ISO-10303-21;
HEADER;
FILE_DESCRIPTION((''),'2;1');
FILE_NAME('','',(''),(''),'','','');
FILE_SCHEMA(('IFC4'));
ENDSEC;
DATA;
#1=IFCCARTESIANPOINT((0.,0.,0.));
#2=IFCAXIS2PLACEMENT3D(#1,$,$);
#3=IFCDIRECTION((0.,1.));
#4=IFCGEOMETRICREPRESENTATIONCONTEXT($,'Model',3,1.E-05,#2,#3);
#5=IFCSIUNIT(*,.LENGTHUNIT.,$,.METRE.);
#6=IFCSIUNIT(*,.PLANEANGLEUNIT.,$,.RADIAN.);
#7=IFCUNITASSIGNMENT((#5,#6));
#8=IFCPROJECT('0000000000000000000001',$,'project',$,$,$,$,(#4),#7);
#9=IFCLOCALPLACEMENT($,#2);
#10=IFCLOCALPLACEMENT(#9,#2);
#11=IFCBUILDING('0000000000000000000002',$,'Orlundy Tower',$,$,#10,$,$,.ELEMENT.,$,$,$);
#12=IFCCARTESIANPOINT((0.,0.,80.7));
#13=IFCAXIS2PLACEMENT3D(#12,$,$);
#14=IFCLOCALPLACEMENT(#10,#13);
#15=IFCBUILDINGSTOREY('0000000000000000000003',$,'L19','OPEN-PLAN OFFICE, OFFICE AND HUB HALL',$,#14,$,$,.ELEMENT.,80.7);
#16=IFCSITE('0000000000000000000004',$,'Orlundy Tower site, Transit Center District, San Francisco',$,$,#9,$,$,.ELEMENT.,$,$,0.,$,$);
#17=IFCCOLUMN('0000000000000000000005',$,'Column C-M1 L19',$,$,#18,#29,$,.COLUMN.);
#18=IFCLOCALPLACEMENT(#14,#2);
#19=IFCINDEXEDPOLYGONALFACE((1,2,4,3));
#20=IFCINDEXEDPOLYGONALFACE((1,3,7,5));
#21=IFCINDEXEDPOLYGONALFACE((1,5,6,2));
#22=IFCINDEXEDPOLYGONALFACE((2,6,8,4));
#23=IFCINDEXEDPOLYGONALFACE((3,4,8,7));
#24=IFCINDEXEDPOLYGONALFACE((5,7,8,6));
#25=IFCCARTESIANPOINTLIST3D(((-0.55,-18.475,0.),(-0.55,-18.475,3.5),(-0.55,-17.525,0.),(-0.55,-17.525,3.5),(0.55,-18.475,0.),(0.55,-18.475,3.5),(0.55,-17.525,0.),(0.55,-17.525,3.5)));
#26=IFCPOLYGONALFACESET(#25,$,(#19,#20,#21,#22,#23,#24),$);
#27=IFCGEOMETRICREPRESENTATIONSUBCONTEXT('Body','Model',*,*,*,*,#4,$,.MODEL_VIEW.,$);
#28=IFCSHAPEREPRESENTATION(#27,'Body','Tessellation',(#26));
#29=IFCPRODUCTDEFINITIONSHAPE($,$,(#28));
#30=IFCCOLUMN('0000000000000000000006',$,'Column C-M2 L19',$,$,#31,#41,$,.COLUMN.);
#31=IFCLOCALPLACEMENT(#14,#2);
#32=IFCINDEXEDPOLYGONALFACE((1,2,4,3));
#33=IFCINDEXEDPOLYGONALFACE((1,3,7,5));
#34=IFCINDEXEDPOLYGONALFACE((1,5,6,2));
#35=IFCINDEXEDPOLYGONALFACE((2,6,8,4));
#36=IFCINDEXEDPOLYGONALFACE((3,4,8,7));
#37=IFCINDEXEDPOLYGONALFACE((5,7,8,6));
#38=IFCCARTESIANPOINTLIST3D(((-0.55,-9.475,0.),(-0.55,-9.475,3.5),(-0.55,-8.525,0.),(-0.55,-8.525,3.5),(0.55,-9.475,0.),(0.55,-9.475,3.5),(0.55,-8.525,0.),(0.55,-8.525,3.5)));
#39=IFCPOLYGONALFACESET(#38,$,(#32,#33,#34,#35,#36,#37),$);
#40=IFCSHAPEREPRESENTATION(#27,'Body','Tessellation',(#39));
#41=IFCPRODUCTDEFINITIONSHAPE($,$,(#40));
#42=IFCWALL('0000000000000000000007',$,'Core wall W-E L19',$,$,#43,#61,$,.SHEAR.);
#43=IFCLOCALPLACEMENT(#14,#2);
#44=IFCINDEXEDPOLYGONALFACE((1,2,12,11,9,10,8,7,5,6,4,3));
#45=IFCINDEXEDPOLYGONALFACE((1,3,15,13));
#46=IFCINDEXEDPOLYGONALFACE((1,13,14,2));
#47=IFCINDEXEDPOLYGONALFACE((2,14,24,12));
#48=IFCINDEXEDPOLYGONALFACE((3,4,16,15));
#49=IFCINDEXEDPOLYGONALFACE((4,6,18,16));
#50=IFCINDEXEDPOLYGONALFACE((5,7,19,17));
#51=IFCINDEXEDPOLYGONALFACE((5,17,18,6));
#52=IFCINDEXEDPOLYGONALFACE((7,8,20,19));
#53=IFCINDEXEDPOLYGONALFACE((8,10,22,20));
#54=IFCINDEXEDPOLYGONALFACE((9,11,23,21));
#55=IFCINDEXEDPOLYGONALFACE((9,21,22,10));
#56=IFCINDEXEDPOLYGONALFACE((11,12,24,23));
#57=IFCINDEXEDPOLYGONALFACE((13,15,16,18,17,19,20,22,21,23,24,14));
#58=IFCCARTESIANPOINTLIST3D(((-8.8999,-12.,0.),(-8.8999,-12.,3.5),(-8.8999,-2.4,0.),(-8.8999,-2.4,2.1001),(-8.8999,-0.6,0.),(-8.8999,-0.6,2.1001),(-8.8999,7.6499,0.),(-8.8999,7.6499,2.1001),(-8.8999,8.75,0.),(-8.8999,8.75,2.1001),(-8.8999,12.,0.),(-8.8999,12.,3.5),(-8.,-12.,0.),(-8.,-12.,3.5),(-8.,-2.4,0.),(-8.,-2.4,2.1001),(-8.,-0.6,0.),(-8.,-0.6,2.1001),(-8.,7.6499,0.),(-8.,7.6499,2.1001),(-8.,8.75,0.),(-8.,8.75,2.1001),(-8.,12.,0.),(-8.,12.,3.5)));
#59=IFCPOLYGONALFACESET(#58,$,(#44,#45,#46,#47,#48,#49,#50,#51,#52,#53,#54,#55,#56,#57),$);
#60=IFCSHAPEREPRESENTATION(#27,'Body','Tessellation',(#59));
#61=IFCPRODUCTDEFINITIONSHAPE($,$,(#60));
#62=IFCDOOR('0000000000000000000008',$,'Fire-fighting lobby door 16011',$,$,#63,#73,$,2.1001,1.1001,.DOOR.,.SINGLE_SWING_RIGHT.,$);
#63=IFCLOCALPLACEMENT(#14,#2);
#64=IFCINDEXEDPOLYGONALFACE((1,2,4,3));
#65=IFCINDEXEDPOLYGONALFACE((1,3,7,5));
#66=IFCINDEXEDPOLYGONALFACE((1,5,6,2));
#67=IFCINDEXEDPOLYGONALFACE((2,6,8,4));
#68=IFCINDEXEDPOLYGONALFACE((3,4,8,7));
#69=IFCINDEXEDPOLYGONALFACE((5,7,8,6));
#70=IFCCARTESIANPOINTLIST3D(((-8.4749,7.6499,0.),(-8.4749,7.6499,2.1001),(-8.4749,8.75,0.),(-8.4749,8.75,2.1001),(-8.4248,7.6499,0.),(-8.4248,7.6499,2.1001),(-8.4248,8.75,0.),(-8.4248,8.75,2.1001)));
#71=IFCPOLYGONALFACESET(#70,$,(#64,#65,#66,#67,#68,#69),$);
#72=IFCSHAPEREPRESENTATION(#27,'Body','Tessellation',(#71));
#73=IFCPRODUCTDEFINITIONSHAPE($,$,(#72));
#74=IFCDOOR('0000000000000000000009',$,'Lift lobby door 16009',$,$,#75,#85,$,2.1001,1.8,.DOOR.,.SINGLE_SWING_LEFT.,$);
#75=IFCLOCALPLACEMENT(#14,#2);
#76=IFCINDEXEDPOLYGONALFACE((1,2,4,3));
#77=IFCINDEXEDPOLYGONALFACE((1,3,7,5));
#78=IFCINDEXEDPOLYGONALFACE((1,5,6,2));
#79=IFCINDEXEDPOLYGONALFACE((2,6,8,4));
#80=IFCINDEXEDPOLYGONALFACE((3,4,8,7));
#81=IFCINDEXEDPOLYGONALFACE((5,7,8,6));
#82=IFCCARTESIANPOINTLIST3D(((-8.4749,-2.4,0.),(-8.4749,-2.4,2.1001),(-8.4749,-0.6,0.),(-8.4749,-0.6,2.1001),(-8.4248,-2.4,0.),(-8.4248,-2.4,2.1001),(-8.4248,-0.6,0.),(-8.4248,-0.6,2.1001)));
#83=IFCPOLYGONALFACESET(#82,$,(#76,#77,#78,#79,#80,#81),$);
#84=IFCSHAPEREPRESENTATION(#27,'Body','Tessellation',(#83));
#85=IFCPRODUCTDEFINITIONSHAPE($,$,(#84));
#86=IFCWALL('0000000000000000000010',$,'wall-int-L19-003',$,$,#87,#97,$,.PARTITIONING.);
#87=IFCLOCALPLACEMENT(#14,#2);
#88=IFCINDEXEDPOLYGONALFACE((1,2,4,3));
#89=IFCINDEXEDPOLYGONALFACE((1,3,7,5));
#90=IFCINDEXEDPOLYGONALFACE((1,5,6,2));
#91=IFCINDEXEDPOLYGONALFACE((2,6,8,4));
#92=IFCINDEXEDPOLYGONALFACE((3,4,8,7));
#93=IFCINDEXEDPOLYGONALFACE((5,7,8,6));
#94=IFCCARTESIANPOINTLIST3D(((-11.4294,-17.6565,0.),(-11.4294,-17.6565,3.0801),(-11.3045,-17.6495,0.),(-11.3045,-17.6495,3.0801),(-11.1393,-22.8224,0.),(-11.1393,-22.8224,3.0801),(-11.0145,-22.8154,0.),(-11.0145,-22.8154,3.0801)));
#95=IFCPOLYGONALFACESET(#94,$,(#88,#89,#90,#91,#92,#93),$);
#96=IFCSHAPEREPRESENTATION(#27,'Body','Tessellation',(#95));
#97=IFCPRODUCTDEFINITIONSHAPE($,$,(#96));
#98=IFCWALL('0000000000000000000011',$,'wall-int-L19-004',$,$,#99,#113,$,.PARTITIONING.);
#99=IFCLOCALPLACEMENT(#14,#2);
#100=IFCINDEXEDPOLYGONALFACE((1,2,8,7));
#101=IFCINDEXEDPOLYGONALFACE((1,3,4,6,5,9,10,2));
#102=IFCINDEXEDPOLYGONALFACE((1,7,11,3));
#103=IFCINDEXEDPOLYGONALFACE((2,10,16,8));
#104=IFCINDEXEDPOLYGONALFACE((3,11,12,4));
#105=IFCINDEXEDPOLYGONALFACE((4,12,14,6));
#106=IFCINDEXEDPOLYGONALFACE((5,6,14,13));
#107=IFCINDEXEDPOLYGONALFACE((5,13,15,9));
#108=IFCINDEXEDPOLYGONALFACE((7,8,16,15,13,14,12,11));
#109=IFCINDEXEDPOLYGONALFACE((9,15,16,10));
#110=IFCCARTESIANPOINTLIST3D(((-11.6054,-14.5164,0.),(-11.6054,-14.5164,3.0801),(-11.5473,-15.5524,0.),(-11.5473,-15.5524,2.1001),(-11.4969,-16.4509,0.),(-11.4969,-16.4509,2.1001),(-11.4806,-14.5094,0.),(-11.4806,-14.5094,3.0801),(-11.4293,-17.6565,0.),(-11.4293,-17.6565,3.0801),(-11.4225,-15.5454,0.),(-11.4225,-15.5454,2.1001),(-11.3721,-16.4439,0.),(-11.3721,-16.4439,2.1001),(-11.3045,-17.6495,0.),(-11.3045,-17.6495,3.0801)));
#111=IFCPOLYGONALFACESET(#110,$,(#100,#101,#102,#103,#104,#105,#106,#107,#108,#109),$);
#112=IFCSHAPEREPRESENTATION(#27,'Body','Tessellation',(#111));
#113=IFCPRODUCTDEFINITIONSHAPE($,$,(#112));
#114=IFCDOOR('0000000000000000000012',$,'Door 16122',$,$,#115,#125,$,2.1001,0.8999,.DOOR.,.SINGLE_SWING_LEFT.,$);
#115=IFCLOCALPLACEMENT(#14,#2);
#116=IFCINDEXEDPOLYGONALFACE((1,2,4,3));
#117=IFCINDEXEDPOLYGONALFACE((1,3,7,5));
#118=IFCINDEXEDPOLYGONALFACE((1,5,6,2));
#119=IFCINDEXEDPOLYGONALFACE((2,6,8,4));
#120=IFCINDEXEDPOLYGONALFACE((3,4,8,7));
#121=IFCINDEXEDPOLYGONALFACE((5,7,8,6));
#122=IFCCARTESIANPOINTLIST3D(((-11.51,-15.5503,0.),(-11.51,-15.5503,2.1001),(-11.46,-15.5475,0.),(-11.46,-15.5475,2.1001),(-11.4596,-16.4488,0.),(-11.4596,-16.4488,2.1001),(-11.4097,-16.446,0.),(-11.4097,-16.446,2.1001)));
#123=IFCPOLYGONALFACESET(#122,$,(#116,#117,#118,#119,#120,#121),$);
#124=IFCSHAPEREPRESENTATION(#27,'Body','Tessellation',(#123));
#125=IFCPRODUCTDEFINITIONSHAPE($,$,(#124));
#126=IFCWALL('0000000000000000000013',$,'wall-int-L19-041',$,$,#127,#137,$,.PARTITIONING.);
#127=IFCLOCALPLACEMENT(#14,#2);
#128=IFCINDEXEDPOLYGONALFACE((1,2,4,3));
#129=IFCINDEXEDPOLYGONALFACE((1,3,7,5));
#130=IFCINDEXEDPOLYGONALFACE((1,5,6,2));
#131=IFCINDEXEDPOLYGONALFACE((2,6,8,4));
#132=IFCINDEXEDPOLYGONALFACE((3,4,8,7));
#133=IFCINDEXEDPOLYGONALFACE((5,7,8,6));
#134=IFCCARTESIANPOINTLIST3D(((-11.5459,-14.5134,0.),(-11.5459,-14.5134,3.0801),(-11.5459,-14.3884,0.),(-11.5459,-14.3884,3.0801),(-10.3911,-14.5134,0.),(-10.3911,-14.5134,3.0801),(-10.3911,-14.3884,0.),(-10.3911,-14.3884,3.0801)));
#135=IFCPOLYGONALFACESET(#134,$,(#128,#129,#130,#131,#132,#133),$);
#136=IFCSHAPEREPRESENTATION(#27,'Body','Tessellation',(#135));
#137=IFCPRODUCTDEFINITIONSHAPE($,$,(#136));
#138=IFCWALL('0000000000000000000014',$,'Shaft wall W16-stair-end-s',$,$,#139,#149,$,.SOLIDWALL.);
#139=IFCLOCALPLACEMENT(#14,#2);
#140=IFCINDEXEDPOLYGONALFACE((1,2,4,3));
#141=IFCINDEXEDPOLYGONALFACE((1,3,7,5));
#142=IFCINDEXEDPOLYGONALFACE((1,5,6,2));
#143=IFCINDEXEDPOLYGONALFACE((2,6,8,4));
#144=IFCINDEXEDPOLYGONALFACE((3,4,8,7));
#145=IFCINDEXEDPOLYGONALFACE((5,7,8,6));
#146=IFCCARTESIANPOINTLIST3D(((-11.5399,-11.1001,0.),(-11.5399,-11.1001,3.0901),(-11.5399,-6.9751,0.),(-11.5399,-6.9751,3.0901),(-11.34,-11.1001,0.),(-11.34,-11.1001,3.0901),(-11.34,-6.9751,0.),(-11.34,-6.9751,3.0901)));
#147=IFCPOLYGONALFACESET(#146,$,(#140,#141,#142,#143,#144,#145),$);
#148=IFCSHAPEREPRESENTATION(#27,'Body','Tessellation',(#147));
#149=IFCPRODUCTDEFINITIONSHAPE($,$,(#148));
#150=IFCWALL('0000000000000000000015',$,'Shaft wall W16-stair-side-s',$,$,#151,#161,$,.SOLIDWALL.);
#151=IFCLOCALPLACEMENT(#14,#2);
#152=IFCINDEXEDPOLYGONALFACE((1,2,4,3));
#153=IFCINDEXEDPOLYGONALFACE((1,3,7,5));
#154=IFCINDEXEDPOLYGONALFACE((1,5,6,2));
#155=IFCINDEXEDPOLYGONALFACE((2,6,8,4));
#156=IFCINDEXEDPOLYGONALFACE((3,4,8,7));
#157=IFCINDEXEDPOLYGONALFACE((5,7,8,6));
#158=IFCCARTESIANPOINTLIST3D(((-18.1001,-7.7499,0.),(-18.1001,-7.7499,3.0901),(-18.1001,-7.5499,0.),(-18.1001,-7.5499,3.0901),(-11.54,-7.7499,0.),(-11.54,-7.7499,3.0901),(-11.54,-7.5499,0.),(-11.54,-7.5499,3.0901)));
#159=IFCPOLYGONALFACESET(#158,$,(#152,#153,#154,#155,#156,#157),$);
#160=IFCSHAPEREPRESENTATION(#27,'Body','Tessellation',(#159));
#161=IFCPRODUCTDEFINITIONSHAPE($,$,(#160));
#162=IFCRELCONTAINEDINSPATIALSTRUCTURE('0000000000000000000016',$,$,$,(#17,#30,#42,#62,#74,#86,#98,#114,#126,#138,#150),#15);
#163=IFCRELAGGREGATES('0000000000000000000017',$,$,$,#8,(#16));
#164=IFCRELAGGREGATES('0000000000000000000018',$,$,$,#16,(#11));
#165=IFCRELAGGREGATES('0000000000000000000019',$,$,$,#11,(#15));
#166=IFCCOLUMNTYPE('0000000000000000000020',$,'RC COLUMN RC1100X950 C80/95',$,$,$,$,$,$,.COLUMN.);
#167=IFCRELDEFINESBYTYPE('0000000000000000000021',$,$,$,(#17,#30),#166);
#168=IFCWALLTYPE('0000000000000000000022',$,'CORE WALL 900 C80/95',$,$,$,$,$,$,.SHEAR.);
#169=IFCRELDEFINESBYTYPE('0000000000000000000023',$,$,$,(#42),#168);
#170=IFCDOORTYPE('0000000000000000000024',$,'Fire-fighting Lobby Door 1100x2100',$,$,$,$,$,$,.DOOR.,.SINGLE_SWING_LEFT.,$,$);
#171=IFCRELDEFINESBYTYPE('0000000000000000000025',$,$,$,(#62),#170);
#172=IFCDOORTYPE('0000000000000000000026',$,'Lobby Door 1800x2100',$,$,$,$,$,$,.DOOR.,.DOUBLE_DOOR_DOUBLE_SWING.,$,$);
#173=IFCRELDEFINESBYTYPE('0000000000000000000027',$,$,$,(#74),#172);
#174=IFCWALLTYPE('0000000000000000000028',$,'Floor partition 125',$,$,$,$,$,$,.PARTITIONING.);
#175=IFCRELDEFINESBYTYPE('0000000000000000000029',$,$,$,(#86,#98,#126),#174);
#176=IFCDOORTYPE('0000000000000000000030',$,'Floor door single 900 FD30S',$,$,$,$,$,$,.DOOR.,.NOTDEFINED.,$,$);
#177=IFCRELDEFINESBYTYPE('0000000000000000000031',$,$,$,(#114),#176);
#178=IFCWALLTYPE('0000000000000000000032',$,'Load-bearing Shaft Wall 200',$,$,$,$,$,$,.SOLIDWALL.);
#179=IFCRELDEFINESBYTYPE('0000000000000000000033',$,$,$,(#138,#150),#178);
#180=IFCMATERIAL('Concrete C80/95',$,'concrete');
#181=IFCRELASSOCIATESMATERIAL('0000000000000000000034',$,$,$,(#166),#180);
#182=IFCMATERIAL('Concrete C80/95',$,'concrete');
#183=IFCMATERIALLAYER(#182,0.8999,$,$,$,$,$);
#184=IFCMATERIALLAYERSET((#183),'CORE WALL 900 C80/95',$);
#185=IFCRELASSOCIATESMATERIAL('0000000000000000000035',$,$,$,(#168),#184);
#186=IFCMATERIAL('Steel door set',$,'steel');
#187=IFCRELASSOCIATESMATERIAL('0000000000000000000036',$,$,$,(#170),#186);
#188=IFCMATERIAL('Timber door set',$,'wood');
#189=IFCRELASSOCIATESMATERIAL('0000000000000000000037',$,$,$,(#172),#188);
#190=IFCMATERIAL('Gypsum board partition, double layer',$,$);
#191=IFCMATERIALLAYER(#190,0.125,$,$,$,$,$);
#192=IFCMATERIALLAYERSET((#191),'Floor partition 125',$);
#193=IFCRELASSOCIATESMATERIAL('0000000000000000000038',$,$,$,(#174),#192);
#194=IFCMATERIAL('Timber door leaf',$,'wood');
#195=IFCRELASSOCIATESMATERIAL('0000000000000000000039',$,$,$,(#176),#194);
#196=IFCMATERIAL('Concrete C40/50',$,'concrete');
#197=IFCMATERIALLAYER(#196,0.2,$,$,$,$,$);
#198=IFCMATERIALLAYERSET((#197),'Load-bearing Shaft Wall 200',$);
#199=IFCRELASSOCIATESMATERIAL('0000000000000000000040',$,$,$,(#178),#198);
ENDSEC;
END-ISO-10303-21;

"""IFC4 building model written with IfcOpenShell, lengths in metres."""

from ifc_helpers import new_model, si_unit, direction, frame, frame_2d, origin, origin_2d, place, context, subcontext, project, spatial, rectangle, extrude, material, layer, layer_set, material_profile, profile_set, type_object, element, fill, save


model = new_model("IFC4")

# Units and contexts
model_context = context("Model", 3, precision=1e-05, world=origin(), true_north=direction((0.0, 1.0)))
body_context = subcontext(model_context, "Body", "Model", "MODEL_VIEW")
ifc_project = project(units=[si_unit("LENGTHUNIT", "METRE"), si_unit("PLANEANGLEUNIT", "RADIAN")], contexts=[model_context])

# Site, building, storey
site_placement = place(None, origin())
site = spatial("IfcSite", under=ifc_project, at=site_placement, Name="Orlundy Tower site, Transit Center District, San Francisco", CompositionType="ELEMENT", RefElevation=0.0)
building_placement = place(site_placement, origin())
building = spatial("IfcBuilding", under=site, at=building_placement, Name="Orlundy Tower", CompositionType="ELEMENT")
storey_placement = place(building_placement, frame((0.0, 0.0, 80.7)))
storey = spatial("IfcBuildingStorey", under=building, at=storey_placement, Name="L19", Description="OPEN-PLAN OFFICE, OFFICE AND HUB HALL", CompositionType="ELEMENT", Elevation=80.7)

# Columns
ifc_material_1 = material(Name="Concrete C80/95", Category="concrete")
ifc_material_profile = material_profile(ifc_material_1, rectangle(XDim=1.1001, YDim=0.95, at=origin_2d()), Name="RC1100X950")
ifc_profile_set = profile_set([ifc_material_profile], Name="Concrete C80/95")
column_type = type_object("IfcColumnType", Name="RC COLUMN RC1100X950 C80/95", PredefinedType="COLUMN", material=ifc_profile_set)
for number, where, z_axis, x_axis, name in (
    (1, (0.0, -18.0, 0.0), (0.0, 0.0, 1.0), (1.0, 0.0, 0.0), "Column C-M1 L19"),
    (2, (0.0, -9.0, 0.0), (0.0, 0.0, 1.0), (1.0, 0.0, 0.0), "Column C-M2 L19"),
):
    element("IfcColumn", number, at=place(storey_placement, frame(where, z_axis=z_axis, x_axis=x_axis)), inside=storey, type_object=column_type, Name=name, PredefinedType="COLUMN", context=body_context, shape_type="SweptSolid", body=[
        extrude(rectangle(XDim=1.1001, YDim=0.95, at=origin_2d()), origin(), (0.0, 0.0, 1.0), 3.5),
    ])

# Wall, openings, doors
ifc_material_2 = material(Name="Concrete C80/95", Category="concrete")
ifc_layer_1 = layer(ifc_material_2, 0.8999)
ifc_layer_set_1 = layer_set([ifc_layer_1], Name="CORE WALL 900 C80/95")
wall_type_1 = type_object("IfcWallType", Name="CORE WALL 900 C80/95", PredefinedType="SHEAR", material=ifc_layer_set_1)
wall_1_placement = place(storey_placement, frame((-8.45, -12.0, 0.0), z_axis=(0.0, 0.0, 1.0), x_axis=(0.0, 1.0, 0.0)))
wall_1 = element("IfcWall", 3, at=wall_1_placement, inside=storey, type_object=wall_type_1, Name="Core wall W-E L19", PredefinedType="SHEAR", context=body_context, shape_type="SweptSolid", body=[
    extrude(rectangle(XDim=24.0, YDim=0.8999, at=frame_2d((12.0, 0.0))), origin(), (0.0, 0.0, 1.0), 3.5),
])
opening_1_placement = place(wall_1_placement, frame((9.6001, 0.0, 0.0)))
opening_1 = element("IfcOpeningElement", 4, at=opening_1_placement, cuts=wall_1, PredefinedType="OPENING", context=body_context, shape_type="SweptSolid", body=[
    extrude(rectangle(XDim=1.8, YDim=2.1001, at=frame_2d((0.8999, 1.05))), frame((0.0, 0.46, 0.0), z_axis=(0.0, -1.0, 0.0), x_axis=(1.0, 0.0, 0.0)), (0.0, 0.0, 1.0), 0.9199),
])
opening_2_placement = place(wall_1_placement, frame((19.6499, 0.0, 0.0)))
opening_2 = element("IfcOpeningElement", 5, at=opening_2_placement, cuts=wall_1, PredefinedType="OPENING", context=body_context, shape_type="SweptSolid", body=[
    extrude(rectangle(XDim=1.1001, YDim=2.1001, at=frame_2d((0.55, 1.05))), frame((0.0, 0.46, 0.0), z_axis=(0.0, -1.0, 0.0), x_axis=(1.0, 0.0, 0.0)), (0.0, 0.0, 1.0), 0.9199),
])
ifc_material_3 = material(Name="Steel door set", Category="steel")
door_type_1 = type_object("IfcDoorType", Name="Fire-fighting Lobby Door 1100x2100", OperationType="SINGLE_SWING_LEFT", PredefinedType="DOOR", material=ifc_material_3)
door_1_placement = place(opening_2_placement, origin())
door_1 = element("IfcDoor", 6, at=door_1_placement, inside=storey, type_object=door_type_1, Name="Fire-fighting lobby door 16011", OperationType="SINGLE_SWING_RIGHT", OverallHeight=2.1001, OverallWidth=1.1001, PredefinedType="DOOR", context=body_context, shape_type="SweptSolid", body=[
    extrude(rectangle(XDim=1.1001, YDim=2.1001, at=frame_2d((0.55, 1.05))), frame((0.0, 0.0249, 0.0), z_axis=(0.0, -1.0, 0.0), x_axis=(1.0, 0.0, 0.0)), (0.0, 0.0, 1.0), 0.05),
])
fill(opening_2, door_1)
ifc_material_4 = material(Name="Timber door set", Category="wood")
door_type_2 = type_object("IfcDoorType", Name="Lobby Door 1800x2100", OperationType="DOUBLE_DOOR_DOUBLE_SWING", PredefinedType="DOOR", material=ifc_material_4)
door_2_placement = place(opening_1_placement, origin())
door_2 = element("IfcDoor", 7, at=door_2_placement, inside=storey, type_object=door_type_2, Name="Lift lobby door 16009", OperationType="SINGLE_SWING_LEFT", OverallHeight=2.1001, OverallWidth=1.8, PredefinedType="DOOR", context=body_context, shape_type="SweptSolid", body=[
    extrude(rectangle(XDim=1.8, YDim=2.1001, at=frame_2d((0.8999, 1.05))), frame((0.0, 0.0249, 0.0), z_axis=(0.0, -1.0, 0.0), x_axis=(1.0, 0.0, 0.0)), (0.0, 0.0, 1.0), 0.05),
])
fill(opening_1, door_2)

# Wall
ifc_material_5 = material(Name="Gypsum board partition, double layer")
ifc_layer_2 = layer(ifc_material_5, 0.125)
ifc_layer_set_2 = layer_set([ifc_layer_2], Name="Floor partition 125")
wall_type_2 = type_object("IfcWallType", Name="Floor partition 125", PredefinedType="PARTITIONING", material=ifc_layer_set_2)
wall_2_placement = place(storey_placement, frame((-11.3669, -17.6531, 0.0), z_axis=(0.0, 0.0, 1.0), x_axis=(0.056055, -0.998428, 0.0)))
element("IfcWall", 8, at=wall_2_placement, inside=storey, type_object=wall_type_2, Name="wall-int-L19-003", PredefinedType="PARTITIONING", context=body_context, shape_type="SweptSolid", body=[
    extrude(rectangle(XDim=5.1741, YDim=0.125, at=frame_2d((2.5869, 0.0))), origin(), (0.0, 0.0, 1.0), 3.0801),
])

# Wall, opening, door
wall_3_placement = place(storey_placement, frame((-11.543, -14.5129, 0.0), z_axis=(0.0, 0.0, 1.0), x_axis=(0.055969, -0.998433, 0.0)))
wall_3 = element("IfcWall", 9, at=wall_3_placement, inside=storey, type_object=wall_type_2, Name="wall-int-L19-004", PredefinedType="PARTITIONING", context=body_context, shape_type="SweptSolid", body=[
    extrude(rectangle(XDim=3.145, YDim=0.125, at=frame_2d((1.5725, 0.0))), origin(), (0.0, 0.0, 1.0), 3.0801),
])
opening_3_placement = place(wall_3_placement, frame((1.0376, 0.0, 0.0)))
opening_3 = element("IfcOpeningElement", 10, at=opening_3_placement, cuts=wall_3, PredefinedType="OPENING", context=body_context, shape_type="SweptSolid", body=[
    extrude(rectangle(XDim=0.8999, YDim=2.1001, at=frame_2d((0.45, 1.05))), frame((0.0, 0.0725, 0.0), z_axis=(0.0, -1.0, 0.0), x_axis=(1.0, 0.0, 0.0)), (0.0, 0.0, 1.0), 0.145),
])
ifc_material_6 = material(Name="Timber door leaf", Category="wood")
door_type_3 = type_object("IfcDoorType", Name="Floor door single 900 FD30S", OperationType="NOTDEFINED", PredefinedType="DOOR", material=ifc_material_6)
door_3_placement = place(opening_3_placement, origin())
door_3 = element("IfcDoor", 11, at=door_3_placement, inside=storey, type_object=door_type_3, Name="Door 16122", OperationType="SINGLE_SWING_LEFT", OverallHeight=2.1001, OverallWidth=0.8999, PredefinedType="DOOR", context=body_context, shape_type="SweptSolid", body=[
    extrude(rectangle(XDim=0.8999, YDim=2.1001, at=frame_2d((0.45, 1.05))), frame((0.0, 0.0249, 0.0), z_axis=(0.0, -1.0, 0.0), x_axis=(1.0, 0.0, 0.0)), (0.0, 0.0, 1.0), 0.05),
])
fill(opening_3, door_3)

# Walls
wall_4_placement = place(storey_placement, frame((-11.5459, -14.4509, 0.0), z_axis=(0.0, 0.0, 1.0), x_axis=(1.0, 0.0, 0.0)))
element("IfcWall", 12, at=wall_4_placement, inside=storey, type_object=wall_type_2, Name="wall-int-L19-041", PredefinedType="PARTITIONING", context=body_context, shape_type="SweptSolid", body=[
    extrude(rectangle(XDim=1.1548, YDim=0.125, at=frame_2d((0.5774, 0.0))), origin(), (0.0, 0.0, 1.0), 3.0801),
])
ifc_material_7 = material(Name="Concrete C40/50", Category="concrete")
ifc_layer_3 = layer(ifc_material_7, 0.2)
ifc_layer_set_3 = layer_set([ifc_layer_3], Name="Load-bearing Shaft Wall 200")
wall_type_3 = type_object("IfcWallType", Name="Load-bearing Shaft Wall 200", PredefinedType="SOLIDWALL", material=ifc_layer_set_3)
wall_5_placement = place(storey_placement, frame((-11.4399, -11.1001, 0.0), z_axis=(0.0, 0.0, 1.0), x_axis=(0.0, 1.0, 0.0)))
element("IfcWall", 13, at=wall_5_placement, inside=storey, type_object=wall_type_3, Name="Shaft wall W16-stair-end-s", PredefinedType="SOLIDWALL", context=body_context, shape_type="SweptSolid", body=[
    extrude(rectangle(XDim=4.125, YDim=0.2, at=frame_2d((2.0625, 0.0))), origin(), (0.0, 0.0, 1.0), 3.0901),
])
wall_6_placement = place(storey_placement, frame((-11.54, -7.6499, 0.0), z_axis=(0.0, 0.0, 1.0), x_axis=(-1.0, 0.0, 0.0)))
element("IfcWall", 14, at=wall_6_placement, inside=storey, type_object=wall_type_3, Name="Shaft wall W16-stair-side-s", PredefinedType="SOLIDWALL", context=body_context, shape_type="SweptSolid", body=[
    extrude(rectangle(XDim=6.5601, YDim=0.2, at=frame_2d((3.28, 0.0))), origin(), (0.0, 0.0, 1.0), 3.0901),
])

save(model, "model.ifc")
